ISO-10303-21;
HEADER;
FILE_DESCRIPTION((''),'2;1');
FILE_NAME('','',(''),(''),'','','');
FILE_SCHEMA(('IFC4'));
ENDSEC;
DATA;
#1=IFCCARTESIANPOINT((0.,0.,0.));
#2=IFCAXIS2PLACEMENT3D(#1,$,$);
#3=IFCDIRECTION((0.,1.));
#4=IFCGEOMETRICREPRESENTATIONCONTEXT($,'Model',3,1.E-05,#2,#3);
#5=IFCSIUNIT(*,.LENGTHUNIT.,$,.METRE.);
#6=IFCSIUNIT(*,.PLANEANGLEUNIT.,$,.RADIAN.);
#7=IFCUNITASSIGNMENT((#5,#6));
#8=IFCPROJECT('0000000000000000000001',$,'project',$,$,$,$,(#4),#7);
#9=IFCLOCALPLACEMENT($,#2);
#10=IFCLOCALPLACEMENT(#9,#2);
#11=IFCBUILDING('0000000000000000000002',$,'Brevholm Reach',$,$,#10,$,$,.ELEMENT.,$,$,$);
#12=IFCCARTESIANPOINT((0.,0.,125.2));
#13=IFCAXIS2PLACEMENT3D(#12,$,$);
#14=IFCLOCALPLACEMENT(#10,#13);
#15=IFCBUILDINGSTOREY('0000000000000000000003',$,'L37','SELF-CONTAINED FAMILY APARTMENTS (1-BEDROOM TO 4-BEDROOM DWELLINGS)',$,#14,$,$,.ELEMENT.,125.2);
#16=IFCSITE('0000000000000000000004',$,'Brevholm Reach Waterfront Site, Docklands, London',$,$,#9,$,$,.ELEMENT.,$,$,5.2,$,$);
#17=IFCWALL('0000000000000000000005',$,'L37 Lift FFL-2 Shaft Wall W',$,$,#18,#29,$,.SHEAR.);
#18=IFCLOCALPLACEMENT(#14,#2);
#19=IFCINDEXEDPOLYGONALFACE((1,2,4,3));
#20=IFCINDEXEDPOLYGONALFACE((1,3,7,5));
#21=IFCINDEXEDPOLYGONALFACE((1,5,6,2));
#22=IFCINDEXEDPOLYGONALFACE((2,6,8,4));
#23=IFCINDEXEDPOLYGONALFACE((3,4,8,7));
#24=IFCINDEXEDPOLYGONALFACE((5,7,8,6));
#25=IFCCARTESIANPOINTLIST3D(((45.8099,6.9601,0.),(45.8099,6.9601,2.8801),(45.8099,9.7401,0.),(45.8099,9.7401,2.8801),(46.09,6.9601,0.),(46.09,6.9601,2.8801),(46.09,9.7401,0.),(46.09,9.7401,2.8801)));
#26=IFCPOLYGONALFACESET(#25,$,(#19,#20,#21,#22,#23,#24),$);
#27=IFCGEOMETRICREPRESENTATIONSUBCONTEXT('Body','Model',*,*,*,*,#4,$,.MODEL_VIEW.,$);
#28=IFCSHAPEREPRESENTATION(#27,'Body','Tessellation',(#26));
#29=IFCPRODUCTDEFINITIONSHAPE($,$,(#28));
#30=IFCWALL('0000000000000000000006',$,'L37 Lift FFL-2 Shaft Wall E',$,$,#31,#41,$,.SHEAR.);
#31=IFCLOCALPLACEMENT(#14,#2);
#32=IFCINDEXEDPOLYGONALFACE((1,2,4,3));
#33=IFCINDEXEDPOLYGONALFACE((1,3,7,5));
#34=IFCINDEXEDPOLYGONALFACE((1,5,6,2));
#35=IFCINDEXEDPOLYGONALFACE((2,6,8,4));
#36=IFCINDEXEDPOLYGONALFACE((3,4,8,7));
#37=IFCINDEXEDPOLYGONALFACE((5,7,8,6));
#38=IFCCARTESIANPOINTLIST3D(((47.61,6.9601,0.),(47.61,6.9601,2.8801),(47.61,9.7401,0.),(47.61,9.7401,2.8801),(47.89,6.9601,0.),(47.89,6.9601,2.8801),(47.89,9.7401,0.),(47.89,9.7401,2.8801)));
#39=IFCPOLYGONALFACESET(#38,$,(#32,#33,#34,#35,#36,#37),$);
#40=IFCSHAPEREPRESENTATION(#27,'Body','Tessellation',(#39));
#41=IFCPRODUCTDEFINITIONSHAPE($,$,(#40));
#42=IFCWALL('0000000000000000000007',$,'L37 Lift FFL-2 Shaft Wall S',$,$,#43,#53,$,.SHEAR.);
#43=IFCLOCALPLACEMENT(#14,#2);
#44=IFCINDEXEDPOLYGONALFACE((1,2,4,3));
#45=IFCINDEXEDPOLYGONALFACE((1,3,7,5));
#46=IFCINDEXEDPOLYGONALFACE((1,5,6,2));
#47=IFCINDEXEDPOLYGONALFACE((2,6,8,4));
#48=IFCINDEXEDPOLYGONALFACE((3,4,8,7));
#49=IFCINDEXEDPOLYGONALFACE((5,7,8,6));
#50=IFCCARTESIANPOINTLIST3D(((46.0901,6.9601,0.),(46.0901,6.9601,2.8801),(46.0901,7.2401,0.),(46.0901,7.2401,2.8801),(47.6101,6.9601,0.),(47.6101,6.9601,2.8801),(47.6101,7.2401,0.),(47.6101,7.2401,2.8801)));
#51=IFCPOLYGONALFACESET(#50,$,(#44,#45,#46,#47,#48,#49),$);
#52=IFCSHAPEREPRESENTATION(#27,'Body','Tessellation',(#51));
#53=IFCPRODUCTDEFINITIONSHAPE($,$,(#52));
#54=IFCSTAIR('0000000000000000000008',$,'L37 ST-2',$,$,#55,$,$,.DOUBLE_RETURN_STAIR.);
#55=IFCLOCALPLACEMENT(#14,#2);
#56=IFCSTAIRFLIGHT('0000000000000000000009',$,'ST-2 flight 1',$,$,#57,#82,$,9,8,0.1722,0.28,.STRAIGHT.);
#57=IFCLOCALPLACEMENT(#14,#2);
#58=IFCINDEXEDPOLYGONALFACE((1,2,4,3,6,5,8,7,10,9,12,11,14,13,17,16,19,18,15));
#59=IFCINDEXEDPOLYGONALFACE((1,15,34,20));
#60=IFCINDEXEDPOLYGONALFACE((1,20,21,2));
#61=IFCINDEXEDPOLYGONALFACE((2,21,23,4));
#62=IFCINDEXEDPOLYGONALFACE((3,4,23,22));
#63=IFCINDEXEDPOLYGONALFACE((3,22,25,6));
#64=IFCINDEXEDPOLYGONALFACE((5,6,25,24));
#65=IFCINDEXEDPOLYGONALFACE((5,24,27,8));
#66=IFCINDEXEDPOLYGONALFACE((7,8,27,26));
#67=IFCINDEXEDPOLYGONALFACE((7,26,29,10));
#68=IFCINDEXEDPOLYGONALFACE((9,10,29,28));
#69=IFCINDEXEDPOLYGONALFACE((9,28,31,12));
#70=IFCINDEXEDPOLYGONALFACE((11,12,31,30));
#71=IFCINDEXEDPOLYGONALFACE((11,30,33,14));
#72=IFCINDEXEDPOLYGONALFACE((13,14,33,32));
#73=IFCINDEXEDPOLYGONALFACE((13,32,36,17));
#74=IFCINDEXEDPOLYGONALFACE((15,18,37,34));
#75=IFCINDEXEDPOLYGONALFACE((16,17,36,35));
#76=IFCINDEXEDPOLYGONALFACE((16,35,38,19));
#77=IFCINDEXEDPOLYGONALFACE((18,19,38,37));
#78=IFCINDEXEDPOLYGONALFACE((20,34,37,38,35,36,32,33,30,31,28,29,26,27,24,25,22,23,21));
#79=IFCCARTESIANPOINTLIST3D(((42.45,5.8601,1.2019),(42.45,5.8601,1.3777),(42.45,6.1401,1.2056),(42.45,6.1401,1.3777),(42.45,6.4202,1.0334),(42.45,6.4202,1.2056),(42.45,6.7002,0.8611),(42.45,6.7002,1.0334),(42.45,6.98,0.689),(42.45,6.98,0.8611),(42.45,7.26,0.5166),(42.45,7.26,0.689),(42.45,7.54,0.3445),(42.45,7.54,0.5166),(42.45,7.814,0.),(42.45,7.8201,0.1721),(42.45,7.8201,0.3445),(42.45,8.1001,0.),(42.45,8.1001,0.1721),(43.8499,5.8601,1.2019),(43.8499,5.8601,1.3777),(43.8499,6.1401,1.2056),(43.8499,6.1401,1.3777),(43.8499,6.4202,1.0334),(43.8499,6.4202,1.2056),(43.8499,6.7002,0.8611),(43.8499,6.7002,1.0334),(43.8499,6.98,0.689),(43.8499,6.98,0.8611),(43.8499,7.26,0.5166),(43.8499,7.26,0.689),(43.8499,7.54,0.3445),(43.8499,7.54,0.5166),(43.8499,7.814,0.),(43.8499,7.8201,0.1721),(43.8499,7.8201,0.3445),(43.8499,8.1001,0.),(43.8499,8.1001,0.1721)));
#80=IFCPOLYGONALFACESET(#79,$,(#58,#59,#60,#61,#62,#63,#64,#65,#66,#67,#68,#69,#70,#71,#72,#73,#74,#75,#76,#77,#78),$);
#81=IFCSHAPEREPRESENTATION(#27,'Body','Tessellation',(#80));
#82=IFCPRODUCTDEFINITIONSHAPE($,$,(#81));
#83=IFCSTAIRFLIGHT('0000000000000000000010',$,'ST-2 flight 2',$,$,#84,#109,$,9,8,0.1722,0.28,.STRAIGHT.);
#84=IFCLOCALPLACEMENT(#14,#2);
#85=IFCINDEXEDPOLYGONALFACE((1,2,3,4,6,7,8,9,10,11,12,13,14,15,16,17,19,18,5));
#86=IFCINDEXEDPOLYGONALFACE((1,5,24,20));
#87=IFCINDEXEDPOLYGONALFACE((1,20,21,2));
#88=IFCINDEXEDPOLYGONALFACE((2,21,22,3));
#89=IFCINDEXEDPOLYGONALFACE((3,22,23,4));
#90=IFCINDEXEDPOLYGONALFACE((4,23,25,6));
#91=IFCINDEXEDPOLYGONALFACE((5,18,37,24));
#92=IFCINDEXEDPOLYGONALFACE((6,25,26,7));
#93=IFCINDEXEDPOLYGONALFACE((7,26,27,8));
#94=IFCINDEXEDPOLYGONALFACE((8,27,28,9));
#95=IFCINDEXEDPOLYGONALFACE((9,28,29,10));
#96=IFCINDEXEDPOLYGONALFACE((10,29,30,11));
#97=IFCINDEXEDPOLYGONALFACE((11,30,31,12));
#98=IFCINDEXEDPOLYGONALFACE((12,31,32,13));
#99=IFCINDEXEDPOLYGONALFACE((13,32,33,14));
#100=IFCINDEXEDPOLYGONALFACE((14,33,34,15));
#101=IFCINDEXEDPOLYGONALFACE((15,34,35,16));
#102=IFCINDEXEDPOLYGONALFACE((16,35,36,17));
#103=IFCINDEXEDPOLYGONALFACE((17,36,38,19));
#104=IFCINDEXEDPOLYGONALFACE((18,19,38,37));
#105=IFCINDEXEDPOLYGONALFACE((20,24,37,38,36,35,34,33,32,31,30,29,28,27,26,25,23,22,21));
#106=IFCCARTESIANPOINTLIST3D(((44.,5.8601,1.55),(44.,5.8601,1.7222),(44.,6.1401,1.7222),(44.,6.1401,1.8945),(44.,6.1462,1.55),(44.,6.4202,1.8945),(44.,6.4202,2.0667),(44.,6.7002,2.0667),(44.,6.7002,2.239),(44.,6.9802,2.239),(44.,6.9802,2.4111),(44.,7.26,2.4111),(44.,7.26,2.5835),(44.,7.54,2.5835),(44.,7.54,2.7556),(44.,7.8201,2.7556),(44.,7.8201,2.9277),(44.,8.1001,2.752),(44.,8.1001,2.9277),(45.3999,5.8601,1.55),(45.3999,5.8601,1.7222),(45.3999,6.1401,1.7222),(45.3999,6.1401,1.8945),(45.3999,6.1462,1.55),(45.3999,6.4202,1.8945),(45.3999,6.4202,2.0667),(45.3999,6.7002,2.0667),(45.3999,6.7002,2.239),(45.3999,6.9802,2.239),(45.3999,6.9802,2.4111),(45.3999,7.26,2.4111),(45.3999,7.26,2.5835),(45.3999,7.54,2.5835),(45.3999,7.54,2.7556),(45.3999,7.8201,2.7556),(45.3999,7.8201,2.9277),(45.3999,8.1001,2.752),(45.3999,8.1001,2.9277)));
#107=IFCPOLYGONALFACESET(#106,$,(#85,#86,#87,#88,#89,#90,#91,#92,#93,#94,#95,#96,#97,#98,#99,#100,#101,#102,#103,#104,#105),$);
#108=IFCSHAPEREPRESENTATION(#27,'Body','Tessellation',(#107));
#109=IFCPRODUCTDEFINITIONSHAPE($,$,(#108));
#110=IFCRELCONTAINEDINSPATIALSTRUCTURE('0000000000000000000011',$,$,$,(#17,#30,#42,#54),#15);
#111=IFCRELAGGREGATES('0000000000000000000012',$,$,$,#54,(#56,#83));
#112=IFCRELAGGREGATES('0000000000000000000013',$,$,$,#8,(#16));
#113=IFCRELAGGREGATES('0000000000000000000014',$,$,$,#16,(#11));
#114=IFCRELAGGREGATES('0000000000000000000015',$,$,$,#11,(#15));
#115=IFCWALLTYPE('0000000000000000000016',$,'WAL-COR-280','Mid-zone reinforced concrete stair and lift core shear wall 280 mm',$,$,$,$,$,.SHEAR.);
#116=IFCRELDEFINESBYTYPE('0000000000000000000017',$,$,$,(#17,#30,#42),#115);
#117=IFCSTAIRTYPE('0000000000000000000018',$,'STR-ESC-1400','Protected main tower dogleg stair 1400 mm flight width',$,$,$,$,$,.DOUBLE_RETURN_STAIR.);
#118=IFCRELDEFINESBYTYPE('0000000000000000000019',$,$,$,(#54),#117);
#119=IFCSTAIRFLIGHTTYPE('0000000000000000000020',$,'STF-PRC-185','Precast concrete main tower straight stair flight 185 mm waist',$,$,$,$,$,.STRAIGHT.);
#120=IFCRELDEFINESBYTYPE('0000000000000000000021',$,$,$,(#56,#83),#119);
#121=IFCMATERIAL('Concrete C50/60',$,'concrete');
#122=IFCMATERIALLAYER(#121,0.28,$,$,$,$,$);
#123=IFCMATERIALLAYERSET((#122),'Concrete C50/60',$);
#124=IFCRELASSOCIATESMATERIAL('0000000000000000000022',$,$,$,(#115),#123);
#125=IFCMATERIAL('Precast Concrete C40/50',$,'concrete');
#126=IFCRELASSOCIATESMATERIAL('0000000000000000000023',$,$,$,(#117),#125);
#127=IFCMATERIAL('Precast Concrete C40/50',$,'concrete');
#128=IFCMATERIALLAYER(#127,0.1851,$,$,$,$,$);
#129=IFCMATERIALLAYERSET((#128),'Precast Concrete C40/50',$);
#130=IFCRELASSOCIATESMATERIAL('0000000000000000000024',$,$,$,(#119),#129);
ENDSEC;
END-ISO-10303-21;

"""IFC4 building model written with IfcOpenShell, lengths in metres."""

from ifc_helpers import new_model, si_unit, direction, frame, frame_2d, origin, place, context, subcontext, project, spatial, polyline, rectangle, outline, extrude, material, layer, layer_set, type_object, element, aggregate, save


model = new_model("IFC4")

# Units and contexts
model_context = context("Model", 3, precision=1e-05, world=origin(), true_north=direction((0.0, 1.0)))
body_context = subcontext(model_context, "Body", "Model", "MODEL_VIEW")
ifc_project = project(units=[si_unit("LENGTHUNIT", "METRE"), si_unit("PLANEANGLEUNIT", "RADIAN")], contexts=[model_context])

# Site, building, storey
site_placement = place(None, origin())
site = spatial("IfcSite", under=ifc_project, at=site_placement, Name="Brevholm Reach Waterfront Site, Docklands, London", CompositionType="ELEMENT", RefElevation=5.2)
building_placement = place(site_placement, origin())
building = spatial("IfcBuilding", under=site, at=building_placement, Name="Brevholm Reach", CompositionType="ELEMENT")
storey_placement = place(building_placement, frame((0.0, 0.0, 125.2)))
storey = spatial("IfcBuildingStorey", under=building, at=storey_placement, Name="L37", Description="SELF-CONTAINED FAMILY APARTMENTS (1-BEDROOM TO 4-BEDROOM DWELLINGS)", CompositionType="ELEMENT", Elevation=125.2)

# Walls
ifc_material_1 = material(Name="Concrete C50/60", Category="concrete")
ifc_layer_1 = layer(ifc_material_1, 0.28)
ifc_layer_set_1 = layer_set([ifc_layer_1], Name="Concrete C50/60")
wall_type = type_object("IfcWallType", Name="WAL-COR-280", Description="Mid-zone reinforced concrete stair and lift core shear wall 280 mm", PredefinedType="SHEAR", material=ifc_layer_set_1)
for number, where, z_axis, x_axis, name in (
    (1, (45.95, 6.96, 0.0), (0.0, 0.0, 1.0), (0.0, 1.0, 0.0), "L37 Lift FFL-2 Shaft Wall W"),
    (2, (47.75, 6.96, 0.0), (0.0, 0.0, 1.0), (0.0, 1.0, 0.0), "L37 Lift FFL-2 Shaft Wall E"),
):
    element("IfcWall", number, at=place(storey_placement, frame(where, z_axis=z_axis, x_axis=x_axis)), inside=storey, type_object=wall_type, Name=name, PredefinedType="SHEAR", context=body_context, shape_type="SweptSolid", body=[
        extrude(rectangle(XDim=2.78, YDim=0.28, at=frame_2d((1.3901, 0.0))), origin(), (0.0, 0.0, 1.0), 2.8801),
    ])
wall_1_placement = place(storey_placement, frame((46.0901, 7.1001, 0.0), z_axis=(0.0, 0.0, 1.0), x_axis=(1.0, 0.0, 0.0)))
element("IfcWall", 3, at=wall_1_placement, inside=storey, type_object=wall_type, Name="L37 Lift FFL-2 Shaft Wall S", PredefinedType="SHEAR", context=body_context, shape_type="SweptSolid", body=[
    extrude(rectangle(XDim=1.52, YDim=0.28, at=frame_2d((0.76, 0.0))), origin(), (0.0, 0.0, 1.0), 2.8801),
])

# Stair, stair flights
ifc_material_2 = material(Name="Precast Concrete C40/50", Category="concrete")
stair_type = type_object("IfcStairType", Name="STR-ESC-1400", Description="Protected main tower dogleg stair 1400 mm flight width", PredefinedType="DOUBLE_RETURN_STAIR", material=ifc_material_2)
stair_placement = place(storey_placement, origin())
stair = element("IfcStair", 4, at=stair_placement, inside=storey, type_object=stair_type, Name="L37 ST-2", PredefinedType="DOUBLE_RETURN_STAIR")
ifc_material_3 = material(Name="Precast Concrete C40/50", Category="concrete")
ifc_layer_2 = layer(ifc_material_3, 0.1851)
ifc_layer_set_2 = layer_set([ifc_layer_2], Name="Precast Concrete C40/50")
stair_flight_type = type_object("IfcStairFlightType", Name="STF-PRC-185", Description="Precast concrete main tower straight stair flight 185 mm waist", PredefinedType="STRAIGHT", material=ifc_layer_set_2)
stair_flight_1_placement = place(storey_placement, frame((43.1499, 8.1001, 0.0), z_axis=(0.0, 0.0, 1.0), x_axis=(0.0, -1.0, 0.0)))
stair_flight_1 = element("IfcStairFlight", 5, at=stair_flight_1_placement, type_object=stair_flight_type, Name="ST-2 flight 1", NumberOfRisers=9, NumberOfTreads=8, PredefinedType="STRAIGHT", RiserHeight=0.1722, TreadLength=0.28, context=body_context, shape_type="SweptSolid", body=[
    extrude(outline(polyline([(0.0, 0.0), (0.0, 0.1721), (0.28, 0.1721), (0.28, 0.3445), (0.5601, 0.3445), (0.5601, 0.5166), (0.8401, 0.5166), (0.8401, 0.689), (1.1201, 0.689), (1.1201, 0.8611), (1.3999, 0.8611), (1.3999, 1.0334), (1.6799, 1.0334), (1.6799, 1.2056), (1.96, 1.2056), (1.96, 1.3777), (2.24, 1.3777), (2.24, 1.55), (2.24, 1.2019), (0.2861, 0.0), (0.0, 0.0)])), frame((0.0, 0.7, 0.0), z_axis=(0.0, -1.0, 0.0), x_axis=(1.0, 0.0, 0.0)), (0.0, 0.0, 1.0), 1.3999),
])
stair_flight_2_placement = place(storey_placement, frame((44.7, 5.8601, 1.55), z_axis=(0.0, 0.0, 1.0), x_axis=(0.0, 1.0, 0.0)))
stair_flight_2 = element("IfcStairFlight", 6, at=stair_flight_2_placement, type_object=stair_flight_type, Name="ST-2 flight 2", NumberOfRisers=9, NumberOfTreads=8, PredefinedType="STRAIGHT", RiserHeight=0.1722, TreadLength=0.28, context=body_context, shape_type="SweptSolid", body=[
    extrude(outline(polyline([(0.0, 0.0), (0.0, 0.1721), (0.28, 0.1721), (0.28, 0.3445), (0.5601, 0.3445), (0.5601, 0.5166), (0.8401, 0.5166), (0.8401, 0.689), (1.1201, 0.689), (1.1201, 0.8611), (1.3999, 0.8611), (1.3999, 1.0334), (1.6799, 1.0334), (1.6799, 1.2056), (1.96, 1.2056), (1.96, 1.3777), (2.24, 1.3777), (2.24, 1.55), (2.24, 1.2019), (0.2861, 0.0), (0.0, 0.0)])), frame((0.0, 0.7, 0.0), z_axis=(0.0, -1.0, 0.0), x_axis=(1.0, 0.0, 0.0)), (0.0, 0.0, 1.0), 1.3999),
])
aggregate(stair, [stair_flight_1, stair_flight_2])

save(model, "model.ifc")
